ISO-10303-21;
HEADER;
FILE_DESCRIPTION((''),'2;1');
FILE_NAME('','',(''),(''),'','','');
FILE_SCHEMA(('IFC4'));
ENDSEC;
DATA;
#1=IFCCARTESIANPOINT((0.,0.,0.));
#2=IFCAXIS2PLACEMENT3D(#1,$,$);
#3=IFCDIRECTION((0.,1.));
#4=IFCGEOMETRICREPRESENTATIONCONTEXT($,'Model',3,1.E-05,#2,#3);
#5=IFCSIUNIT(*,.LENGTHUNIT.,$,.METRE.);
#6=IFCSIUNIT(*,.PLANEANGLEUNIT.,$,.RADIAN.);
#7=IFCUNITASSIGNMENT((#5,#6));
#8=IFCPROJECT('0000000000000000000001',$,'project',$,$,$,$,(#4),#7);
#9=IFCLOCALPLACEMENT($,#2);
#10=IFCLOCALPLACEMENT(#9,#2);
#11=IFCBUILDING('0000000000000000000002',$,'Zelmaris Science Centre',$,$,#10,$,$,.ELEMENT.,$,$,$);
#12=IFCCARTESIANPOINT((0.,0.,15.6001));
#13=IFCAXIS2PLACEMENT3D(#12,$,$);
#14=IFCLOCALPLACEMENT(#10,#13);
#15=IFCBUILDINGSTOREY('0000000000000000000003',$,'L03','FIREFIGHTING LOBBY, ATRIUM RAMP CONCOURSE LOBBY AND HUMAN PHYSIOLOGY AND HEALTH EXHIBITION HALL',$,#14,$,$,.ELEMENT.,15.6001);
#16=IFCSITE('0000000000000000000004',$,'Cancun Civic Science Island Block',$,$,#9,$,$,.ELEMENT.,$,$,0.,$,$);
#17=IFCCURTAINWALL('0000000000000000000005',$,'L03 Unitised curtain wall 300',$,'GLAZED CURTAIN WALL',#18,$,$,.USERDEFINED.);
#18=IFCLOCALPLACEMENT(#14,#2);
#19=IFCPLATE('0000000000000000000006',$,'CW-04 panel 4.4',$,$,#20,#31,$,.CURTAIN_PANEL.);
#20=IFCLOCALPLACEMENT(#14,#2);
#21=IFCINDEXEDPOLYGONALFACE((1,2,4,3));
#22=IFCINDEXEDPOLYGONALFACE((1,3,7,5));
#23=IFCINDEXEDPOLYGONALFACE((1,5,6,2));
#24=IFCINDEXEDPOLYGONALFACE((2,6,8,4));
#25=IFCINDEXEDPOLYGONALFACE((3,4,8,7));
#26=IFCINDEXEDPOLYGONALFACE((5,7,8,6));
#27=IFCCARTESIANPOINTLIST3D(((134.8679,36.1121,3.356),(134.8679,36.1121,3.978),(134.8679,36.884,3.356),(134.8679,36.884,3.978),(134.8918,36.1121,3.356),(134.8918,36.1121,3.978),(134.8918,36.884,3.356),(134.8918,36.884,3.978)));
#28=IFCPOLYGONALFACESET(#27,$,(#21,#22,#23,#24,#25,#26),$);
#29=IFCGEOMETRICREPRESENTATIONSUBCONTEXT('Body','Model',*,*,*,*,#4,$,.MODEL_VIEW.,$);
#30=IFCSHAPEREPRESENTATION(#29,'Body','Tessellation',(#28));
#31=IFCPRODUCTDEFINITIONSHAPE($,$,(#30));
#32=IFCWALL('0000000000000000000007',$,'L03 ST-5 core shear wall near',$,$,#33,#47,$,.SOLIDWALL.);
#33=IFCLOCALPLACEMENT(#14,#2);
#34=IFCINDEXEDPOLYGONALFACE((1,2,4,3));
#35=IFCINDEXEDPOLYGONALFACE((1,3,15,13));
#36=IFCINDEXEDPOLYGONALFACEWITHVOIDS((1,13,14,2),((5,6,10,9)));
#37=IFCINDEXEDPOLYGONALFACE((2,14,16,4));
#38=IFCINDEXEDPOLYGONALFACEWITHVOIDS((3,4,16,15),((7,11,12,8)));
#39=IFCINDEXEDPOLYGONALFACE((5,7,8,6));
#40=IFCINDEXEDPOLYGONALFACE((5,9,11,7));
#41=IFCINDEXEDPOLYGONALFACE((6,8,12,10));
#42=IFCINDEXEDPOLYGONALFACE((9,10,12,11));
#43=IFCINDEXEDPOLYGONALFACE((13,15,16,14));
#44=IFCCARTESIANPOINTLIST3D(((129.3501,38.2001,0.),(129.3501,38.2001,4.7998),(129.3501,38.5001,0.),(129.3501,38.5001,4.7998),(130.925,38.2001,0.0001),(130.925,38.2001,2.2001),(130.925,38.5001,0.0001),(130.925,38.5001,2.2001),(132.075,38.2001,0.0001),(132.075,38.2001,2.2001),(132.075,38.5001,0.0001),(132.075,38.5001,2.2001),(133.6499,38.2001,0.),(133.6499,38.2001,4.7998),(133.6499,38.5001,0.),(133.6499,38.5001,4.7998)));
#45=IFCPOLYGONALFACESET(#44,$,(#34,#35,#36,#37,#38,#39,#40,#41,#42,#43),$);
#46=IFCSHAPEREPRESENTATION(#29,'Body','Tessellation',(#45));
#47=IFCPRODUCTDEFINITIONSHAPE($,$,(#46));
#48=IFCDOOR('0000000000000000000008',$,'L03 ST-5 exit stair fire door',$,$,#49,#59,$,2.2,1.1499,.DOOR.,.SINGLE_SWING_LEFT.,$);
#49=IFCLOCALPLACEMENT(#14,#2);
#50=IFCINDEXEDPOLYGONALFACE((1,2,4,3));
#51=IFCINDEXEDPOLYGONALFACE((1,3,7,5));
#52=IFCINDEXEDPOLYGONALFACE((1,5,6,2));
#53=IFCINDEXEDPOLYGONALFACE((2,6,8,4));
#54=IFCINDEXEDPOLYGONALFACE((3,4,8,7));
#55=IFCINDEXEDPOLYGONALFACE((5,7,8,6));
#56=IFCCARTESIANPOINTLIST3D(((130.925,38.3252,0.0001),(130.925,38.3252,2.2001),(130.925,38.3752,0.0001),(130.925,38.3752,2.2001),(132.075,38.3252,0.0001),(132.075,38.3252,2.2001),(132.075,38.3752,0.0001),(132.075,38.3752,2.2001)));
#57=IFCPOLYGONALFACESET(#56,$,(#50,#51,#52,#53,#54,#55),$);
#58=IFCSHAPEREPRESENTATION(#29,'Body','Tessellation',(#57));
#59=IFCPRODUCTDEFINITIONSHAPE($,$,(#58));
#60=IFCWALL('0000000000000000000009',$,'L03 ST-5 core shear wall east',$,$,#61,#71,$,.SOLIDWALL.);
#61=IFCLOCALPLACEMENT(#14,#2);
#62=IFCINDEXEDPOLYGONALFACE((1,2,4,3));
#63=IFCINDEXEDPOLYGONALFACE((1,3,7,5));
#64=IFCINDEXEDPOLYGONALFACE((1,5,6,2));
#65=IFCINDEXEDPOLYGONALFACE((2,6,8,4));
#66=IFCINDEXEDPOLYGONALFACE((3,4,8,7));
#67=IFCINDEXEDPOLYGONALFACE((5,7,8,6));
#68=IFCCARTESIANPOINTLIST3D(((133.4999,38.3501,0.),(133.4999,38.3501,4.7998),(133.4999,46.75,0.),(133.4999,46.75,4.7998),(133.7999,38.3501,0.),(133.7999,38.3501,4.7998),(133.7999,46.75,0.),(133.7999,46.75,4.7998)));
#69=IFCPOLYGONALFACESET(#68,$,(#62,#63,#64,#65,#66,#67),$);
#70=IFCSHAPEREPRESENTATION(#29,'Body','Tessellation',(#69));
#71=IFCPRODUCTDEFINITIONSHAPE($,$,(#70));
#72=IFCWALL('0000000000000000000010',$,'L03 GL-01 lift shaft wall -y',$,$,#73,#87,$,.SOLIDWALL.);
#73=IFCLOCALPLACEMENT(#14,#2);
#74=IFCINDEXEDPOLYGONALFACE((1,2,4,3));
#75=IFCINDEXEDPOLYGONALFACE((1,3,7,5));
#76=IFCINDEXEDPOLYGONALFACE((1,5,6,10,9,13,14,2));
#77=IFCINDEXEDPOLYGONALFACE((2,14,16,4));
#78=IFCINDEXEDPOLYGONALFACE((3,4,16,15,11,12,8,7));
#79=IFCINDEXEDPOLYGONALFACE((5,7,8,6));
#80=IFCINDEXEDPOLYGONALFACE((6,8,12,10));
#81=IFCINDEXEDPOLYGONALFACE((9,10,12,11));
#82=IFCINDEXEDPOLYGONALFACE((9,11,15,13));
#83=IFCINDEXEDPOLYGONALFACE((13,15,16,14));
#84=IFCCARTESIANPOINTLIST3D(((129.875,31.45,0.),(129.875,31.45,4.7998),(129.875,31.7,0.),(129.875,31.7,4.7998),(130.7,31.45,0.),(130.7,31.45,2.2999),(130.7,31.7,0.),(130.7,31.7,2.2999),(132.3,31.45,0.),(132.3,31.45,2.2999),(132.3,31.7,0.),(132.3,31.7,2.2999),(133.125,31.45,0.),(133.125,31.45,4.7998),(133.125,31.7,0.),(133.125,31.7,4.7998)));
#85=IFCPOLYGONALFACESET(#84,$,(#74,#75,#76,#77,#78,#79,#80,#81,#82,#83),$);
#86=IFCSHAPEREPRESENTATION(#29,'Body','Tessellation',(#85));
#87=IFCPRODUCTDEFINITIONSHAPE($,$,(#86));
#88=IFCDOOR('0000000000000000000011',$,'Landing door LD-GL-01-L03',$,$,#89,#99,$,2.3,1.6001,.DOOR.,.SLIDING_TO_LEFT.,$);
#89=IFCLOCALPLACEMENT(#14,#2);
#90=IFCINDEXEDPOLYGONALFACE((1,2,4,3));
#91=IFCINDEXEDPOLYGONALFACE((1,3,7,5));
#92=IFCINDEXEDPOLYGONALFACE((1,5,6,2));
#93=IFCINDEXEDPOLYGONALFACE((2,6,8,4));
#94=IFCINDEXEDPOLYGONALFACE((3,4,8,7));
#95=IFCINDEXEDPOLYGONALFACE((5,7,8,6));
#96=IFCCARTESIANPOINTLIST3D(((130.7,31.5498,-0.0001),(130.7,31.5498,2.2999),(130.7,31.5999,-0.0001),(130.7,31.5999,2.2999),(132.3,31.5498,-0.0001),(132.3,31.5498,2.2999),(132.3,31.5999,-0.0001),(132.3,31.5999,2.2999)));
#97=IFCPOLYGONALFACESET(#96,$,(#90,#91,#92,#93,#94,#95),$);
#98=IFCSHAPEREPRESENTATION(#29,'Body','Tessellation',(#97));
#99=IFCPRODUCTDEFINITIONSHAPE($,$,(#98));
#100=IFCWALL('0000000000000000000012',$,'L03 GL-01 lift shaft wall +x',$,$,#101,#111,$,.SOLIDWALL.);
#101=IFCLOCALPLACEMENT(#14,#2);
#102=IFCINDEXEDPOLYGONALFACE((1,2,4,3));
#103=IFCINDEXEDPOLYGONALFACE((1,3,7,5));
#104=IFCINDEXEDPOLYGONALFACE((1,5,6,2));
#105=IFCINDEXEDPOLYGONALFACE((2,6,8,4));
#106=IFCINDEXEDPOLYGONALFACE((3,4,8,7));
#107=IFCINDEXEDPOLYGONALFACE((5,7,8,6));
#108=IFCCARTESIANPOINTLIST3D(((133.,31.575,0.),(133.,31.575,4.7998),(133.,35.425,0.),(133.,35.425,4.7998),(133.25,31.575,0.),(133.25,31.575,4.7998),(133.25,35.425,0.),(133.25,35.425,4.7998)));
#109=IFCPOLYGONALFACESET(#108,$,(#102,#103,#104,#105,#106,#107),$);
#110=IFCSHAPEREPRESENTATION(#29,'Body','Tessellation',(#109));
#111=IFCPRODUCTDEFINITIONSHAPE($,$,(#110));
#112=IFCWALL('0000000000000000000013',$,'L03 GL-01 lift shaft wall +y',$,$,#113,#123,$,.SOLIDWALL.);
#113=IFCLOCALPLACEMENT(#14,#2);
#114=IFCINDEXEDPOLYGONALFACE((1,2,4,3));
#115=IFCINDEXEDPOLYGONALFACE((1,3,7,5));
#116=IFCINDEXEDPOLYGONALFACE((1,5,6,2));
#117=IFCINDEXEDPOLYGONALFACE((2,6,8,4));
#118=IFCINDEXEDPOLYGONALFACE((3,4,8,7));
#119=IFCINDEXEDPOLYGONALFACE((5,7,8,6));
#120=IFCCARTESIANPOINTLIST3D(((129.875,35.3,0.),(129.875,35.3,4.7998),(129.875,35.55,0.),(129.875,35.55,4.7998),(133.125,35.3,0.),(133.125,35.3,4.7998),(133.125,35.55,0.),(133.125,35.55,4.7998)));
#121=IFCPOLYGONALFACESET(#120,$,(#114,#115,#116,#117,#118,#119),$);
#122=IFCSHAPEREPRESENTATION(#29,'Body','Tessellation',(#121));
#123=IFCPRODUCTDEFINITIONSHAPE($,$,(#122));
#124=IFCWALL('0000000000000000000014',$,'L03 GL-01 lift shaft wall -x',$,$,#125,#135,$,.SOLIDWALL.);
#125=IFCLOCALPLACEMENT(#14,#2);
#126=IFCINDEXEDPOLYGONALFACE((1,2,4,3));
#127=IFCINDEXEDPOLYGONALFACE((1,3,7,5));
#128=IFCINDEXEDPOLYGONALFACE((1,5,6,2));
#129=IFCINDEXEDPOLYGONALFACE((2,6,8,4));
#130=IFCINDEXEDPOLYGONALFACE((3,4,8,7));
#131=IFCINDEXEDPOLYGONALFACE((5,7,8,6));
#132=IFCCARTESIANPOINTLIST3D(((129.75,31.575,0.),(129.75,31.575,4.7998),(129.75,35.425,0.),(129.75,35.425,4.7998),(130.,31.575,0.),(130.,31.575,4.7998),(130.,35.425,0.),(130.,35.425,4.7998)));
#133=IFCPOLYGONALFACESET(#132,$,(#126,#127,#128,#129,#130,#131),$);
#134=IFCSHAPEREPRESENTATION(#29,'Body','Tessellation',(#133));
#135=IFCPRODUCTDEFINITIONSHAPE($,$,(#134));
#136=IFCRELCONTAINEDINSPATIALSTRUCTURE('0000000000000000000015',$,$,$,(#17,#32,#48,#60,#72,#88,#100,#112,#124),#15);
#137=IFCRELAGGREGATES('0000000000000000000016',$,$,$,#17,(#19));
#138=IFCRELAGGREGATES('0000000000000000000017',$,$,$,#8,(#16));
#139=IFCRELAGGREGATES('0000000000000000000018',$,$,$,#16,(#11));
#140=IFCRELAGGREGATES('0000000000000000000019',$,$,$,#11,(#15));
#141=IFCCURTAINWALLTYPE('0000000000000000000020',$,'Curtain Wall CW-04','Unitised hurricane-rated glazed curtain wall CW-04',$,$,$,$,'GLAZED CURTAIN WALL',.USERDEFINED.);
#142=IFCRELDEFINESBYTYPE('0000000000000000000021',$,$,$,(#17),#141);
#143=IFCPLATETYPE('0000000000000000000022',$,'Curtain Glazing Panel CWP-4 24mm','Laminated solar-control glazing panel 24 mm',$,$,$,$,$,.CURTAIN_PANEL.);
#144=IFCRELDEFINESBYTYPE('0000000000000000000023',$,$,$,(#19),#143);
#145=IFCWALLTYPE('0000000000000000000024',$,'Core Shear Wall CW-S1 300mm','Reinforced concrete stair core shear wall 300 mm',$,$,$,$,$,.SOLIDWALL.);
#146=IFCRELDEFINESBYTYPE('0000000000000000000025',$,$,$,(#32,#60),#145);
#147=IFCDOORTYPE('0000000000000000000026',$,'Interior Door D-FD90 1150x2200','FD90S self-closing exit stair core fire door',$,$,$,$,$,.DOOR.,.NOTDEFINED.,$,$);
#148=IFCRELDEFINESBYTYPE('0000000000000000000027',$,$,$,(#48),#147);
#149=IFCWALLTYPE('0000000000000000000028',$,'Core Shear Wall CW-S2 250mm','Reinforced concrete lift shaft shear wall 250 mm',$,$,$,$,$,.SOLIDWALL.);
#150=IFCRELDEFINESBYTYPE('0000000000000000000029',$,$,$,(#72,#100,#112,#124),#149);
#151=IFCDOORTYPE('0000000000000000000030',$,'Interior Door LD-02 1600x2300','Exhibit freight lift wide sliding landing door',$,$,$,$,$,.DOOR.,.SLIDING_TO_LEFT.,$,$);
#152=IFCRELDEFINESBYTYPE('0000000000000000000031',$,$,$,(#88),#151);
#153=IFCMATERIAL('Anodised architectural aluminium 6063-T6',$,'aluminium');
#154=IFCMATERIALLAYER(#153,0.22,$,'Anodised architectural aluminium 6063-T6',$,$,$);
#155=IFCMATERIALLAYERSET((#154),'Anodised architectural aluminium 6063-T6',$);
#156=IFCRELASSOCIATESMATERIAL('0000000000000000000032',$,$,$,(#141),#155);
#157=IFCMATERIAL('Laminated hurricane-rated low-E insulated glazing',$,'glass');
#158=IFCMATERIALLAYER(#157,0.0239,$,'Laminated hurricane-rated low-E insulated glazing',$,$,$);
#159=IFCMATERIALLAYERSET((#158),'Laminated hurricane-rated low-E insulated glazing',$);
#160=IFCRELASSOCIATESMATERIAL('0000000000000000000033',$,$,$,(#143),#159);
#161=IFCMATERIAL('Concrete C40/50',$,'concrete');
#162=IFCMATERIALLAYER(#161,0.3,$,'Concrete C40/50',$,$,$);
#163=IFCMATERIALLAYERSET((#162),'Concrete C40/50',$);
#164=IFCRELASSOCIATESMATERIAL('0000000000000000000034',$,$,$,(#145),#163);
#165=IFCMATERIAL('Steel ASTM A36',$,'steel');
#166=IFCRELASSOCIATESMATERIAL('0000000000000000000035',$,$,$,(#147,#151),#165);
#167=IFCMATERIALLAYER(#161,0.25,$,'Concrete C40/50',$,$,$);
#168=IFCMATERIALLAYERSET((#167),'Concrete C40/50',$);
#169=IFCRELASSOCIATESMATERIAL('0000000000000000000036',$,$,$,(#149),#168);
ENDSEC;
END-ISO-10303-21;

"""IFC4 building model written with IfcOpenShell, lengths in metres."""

from ifc_helpers import new_model, si_unit, direction, frame, frame_2d, origin, origin_2d, place, context, subcontext, project, spatial, rectangle, extrude, material, layer, layer_set, type_object, element, fill, aggregate, save


model = new_model("IFC4")

# Units and contexts
model_context = context("Model", 3, precision=1e-05, world=origin(), true_north=direction((0.0, 1.0)))
body_context = subcontext(model_context, "Body", "Model", "MODEL_VIEW")
ifc_project = project(units=[si_unit("LENGTHUNIT", "METRE"), si_unit("PLANEANGLEUNIT", "RADIAN")], contexts=[model_context])

# Site, building, storey
site_placement = place(None, origin())
site = spatial("IfcSite", under=ifc_project, at=site_placement, Name="Cancun Civic Science Island Block", CompositionType="ELEMENT", RefElevation=0.0)
building_placement = place(site_placement, origin())
building = spatial("IfcBuilding", under=site, at=building_placement, Name="Zelmaris Science Centre", CompositionType="ELEMENT")
storey_placement = place(building_placement, frame((0.0, 0.0, 15.6001)))
storey = spatial("IfcBuildingStorey", under=building, at=storey_placement, Name="L03", Description="FIREFIGHTING LOBBY, ATRIUM RAMP CONCOURSE LOBBY AND HUMAN PHYSIOLOGY AND HEALTH EXHIBITION HALL", CompositionType="ELEMENT", Elevation=15.6001)

# Curtain wall, plate
ifc_material_1 = material(Name="Anodised architectural aluminium 6063-T6", Category="aluminium")
ifc_layer_1 = layer(ifc_material_1, 0.22, Name="Anodised architectural aluminium 6063-T6")
ifc_layer_set_1 = layer_set([ifc_layer_1], Name="Anodised architectural aluminium 6063-T6")
curtain_wall_type = type_object("IfcCurtainWallType", Name="Curtain Wall CW-04", Description="Unitised hurricane-rated glazed curtain wall CW-04", ElementType="GLAZED CURTAIN WALL", PredefinedType="USERDEFINED", material=ifc_layer_set_1)
curtain_wall_placement = place(storey_placement, origin())
curtain_wall = element("IfcCurtainWall", 1, at=curtain_wall_placement, inside=storey, type_object=curtain_wall_type, Name="L03 Unitised curtain wall 300", ObjectType="GLAZED CURTAIN WALL", PredefinedType="USERDEFINED")
ifc_material_2 = material(Name="Laminated hurricane-rated low-E insulated glazing", Category="glass")
ifc_layer_2 = layer(ifc_material_2, 0.0239, Name="Laminated hurricane-rated low-E insulated glazing")
ifc_layer_set_2 = layer_set([ifc_layer_2], Name="Laminated hurricane-rated low-E insulated glazing")
plate_type = type_object("IfcPlateType", Name="Curtain Glazing Panel CWP-4 24mm", Description="Laminated solar-control glazing panel 24 mm", PredefinedType="CURTAIN_PANEL", material=ifc_layer_set_2)
plate_1_placement = place(storey_placement, frame((134.8799, 36.498, 3.356), z_axis=(0.0, 0.0, 1.0), x_axis=(0.0, -1.0, 0.0)))
plate_1 = element("IfcPlate", 2, at=plate_1_placement, type_object=plate_type, Name="CW-04 panel 4.4", PredefinedType="CURTAIN_PANEL", context=body_context, shape_type="SweptSolid", body=[
    extrude(rectangle(XDim=0.772, YDim=0.0239, at=origin_2d()), origin(), (0.0, 0.0, 1.0), 0.6221),
])
aggregate(curtain_wall, [plate_1])

# Wall, opening, door
ifc_material_3 = material(Name="Concrete C40/50", Category="concrete")
ifc_layer_3 = layer(ifc_material_3, 0.3, Name="Concrete C40/50")
ifc_layer_set_3 = layer_set([ifc_layer_3], Name="Concrete C40/50")
wall_type_1 = type_object("IfcWallType", Name="Core Shear Wall CW-S1 300mm", Description="Reinforced concrete stair core shear wall 300 mm", PredefinedType="SOLIDWALL", material=ifc_layer_set_3)
wall_1_placement = place(storey_placement, frame((133.6499, 38.3501, 0.0), z_axis=(0.0, 0.0, 1.0), x_axis=(-1.0, 0.0, 0.0)))
wall_1 = element("IfcWall", 3, at=wall_1_placement, inside=storey, type_object=wall_type_1, Name="L03 ST-5 core shear wall near", PredefinedType="SOLIDWALL", context=body_context, shape_type="SweptSolid", body=[
    extrude(rectangle(XDim=4.2998, YDim=0.3, at=frame_2d((2.1499, 0.0))), origin(), (0.0, 0.0, 1.0), 4.7998),
])
opening_1_placement = place(wall_1_placement, frame((1.575, 0.0, 0.0)))
opening_1 = element("IfcOpeningElement", 4, at=opening_1_placement, cuts=wall_1, PredefinedType="OPENING", context=body_context, shape_type="SweptSolid", body=[
    extrude(rectangle(XDim=1.1499, YDim=2.2, at=frame_2d((0.575, 1.1001))), frame((0.0, 0.1599, 0.0), z_axis=(0.0, -1.0, 0.0), x_axis=(1.0, 0.0, 0.0)), (0.0, 0.0, 1.0), 0.3201),
])
ifc_material_4 = material(Name="Steel ASTM A36", Category="steel")
door_type_1 = type_object("IfcDoorType", Name="Interior Door D-FD90 1150x2200", Description="FD90S self-closing exit stair core fire door", OperationType="NOTDEFINED", PredefinedType="DOOR", material=ifc_material_4)
door_1_placement = place(opening_1_placement, origin())
door_1 = element("IfcDoor", 5, at=door_1_placement, inside=storey, type_object=door_type_1, Name="L03 ST-5 exit stair fire door", OperationType="SINGLE_SWING_LEFT", OverallHeight=2.2, OverallWidth=1.1499, PredefinedType="DOOR", context=body_context, shape_type="SweptSolid", body=[
    extrude(rectangle(XDim=1.1499, YDim=2.2, at=frame_2d((0.575, 1.1001))), frame((0.0, 0.0249, 0.0), z_axis=(0.0, -1.0, 0.0), x_axis=(1.0, 0.0, 0.0)), (0.0, 0.0, 1.0), 0.05),
])
fill(opening_1, door_1)

# Wall
wall_2_placement = place(storey_placement, frame((133.6499, 38.3501, 0.0), z_axis=(0.0, 0.0, 1.0), x_axis=(0.0, 1.0, 0.0)))
element("IfcWall", 6, at=wall_2_placement, inside=storey, type_object=wall_type_1, Name="L03 ST-5 core shear wall east", PredefinedType="SOLIDWALL", context=body_context, shape_type="SweptSolid", body=[
    extrude(rectangle(XDim=8.3999, YDim=0.3, at=frame_2d((4.2, 0.0))), origin(), (0.0, 0.0, 1.0), 4.7998),
])

# Wall, opening, door
ifc_layer_4 = layer(ifc_material_3, 0.25, Name="Concrete C40/50")
ifc_layer_set_4 = layer_set([ifc_layer_4], Name="Concrete C40/50")
wall_type_2 = type_object("IfcWallType", Name="Core Shear Wall CW-S2 250mm", Description="Reinforced concrete lift shaft shear wall 250 mm", PredefinedType="SOLIDWALL", material=ifc_layer_set_4)
wall_3_placement = place(storey_placement, frame((129.875, 31.575, 0.0), z_axis=(0.0, 0.0, 1.0), x_axis=(1.0, 0.0, 0.0)))
wall_3 = element("IfcWall", 7, at=wall_3_placement, inside=storey, type_object=wall_type_2, Name="L03 GL-01 lift shaft wall -y", PredefinedType="SOLIDWALL", context=body_context, shape_type="SweptSolid", body=[
    extrude(rectangle(XDim=3.25, YDim=0.25, at=frame_2d((1.625, 0.0))), origin(), (0.0, 0.0, 1.0), 4.7998),
])
opening_2_placement = place(wall_3_placement, frame((0.825, 0.0, 0.0)))
opening_2 = element("IfcOpeningElement", 8, at=opening_2_placement, cuts=wall_3, PredefinedType="OPENING", context=body_context, shape_type="SweptSolid", body=[
    extrude(rectangle(XDim=1.6001, YDim=2.3, at=frame_2d((0.8, 1.1499))), frame((0.0, 0.135, 0.0), z_axis=(0.0, -1.0, 0.0), x_axis=(1.0, 0.0, 0.0)), (0.0, 0.0, 1.0), 0.27),
])
door_type_2 = type_object("IfcDoorType", Name="Interior Door LD-02 1600x2300", Description="Exhibit freight lift wide sliding landing door", OperationType="SLIDING_TO_LEFT", PredefinedType="DOOR", material=ifc_material_4)
door_2_placement = place(opening_2_placement, origin())
door_2 = element("IfcDoor", 9, at=door_2_placement, inside=storey, type_object=door_type_2, Name="Landing door LD-GL-01-L03", OperationType="SLIDING_TO_LEFT", OverallHeight=2.3, OverallWidth=1.6001, PredefinedType="DOOR", context=body_context, shape_type="SweptSolid", body=[
    extrude(rectangle(XDim=1.6001, YDim=2.3, at=frame_2d((0.8, 1.1499))), frame((0.0, 0.0249, 0.0), z_axis=(0.0, -1.0, 0.0), x_axis=(1.0, 0.0, 0.0)), (0.0, 0.0, 1.0), 0.05),
])
fill(opening_2, door_2)

# Walls
wall_4_placement = place(storey_placement, frame((133.125, 31.575, 0.0), z_axis=(0.0, 0.0, 1.0), x_axis=(0.0, 1.0, 0.0)))
element("IfcWall", 10, at=wall_4_placement, inside=storey, type_object=wall_type_2, Name="L03 GL-01 lift shaft wall +x", PredefinedType="SOLIDWALL", context=body_context, shape_type="SweptSolid", body=[
    extrude(rectangle(XDim=3.8501, YDim=0.25, at=frame_2d((1.925, 0.0))), origin(), (0.0, 0.0, 1.0), 4.7998),
])
wall_5_placement = place(storey_placement, frame((133.125, 35.425, 0.0), z_axis=(0.0, 0.0, 1.0), x_axis=(-1.0, 0.0, 0.0)))
element("IfcWall", 11, at=wall_5_placement, inside=storey, type_object=wall_type_2, Name="L03 GL-01 lift shaft wall +y", PredefinedType="SOLIDWALL", context=body_context, shape_type="SweptSolid", body=[
    extrude(rectangle(XDim=3.25, YDim=0.25, at=frame_2d((1.625, 0.0))), origin(), (0.0, 0.0, 1.0), 4.7998),
])
wall_6_placement = place(storey_placement, frame((129.875, 35.425, 0.0), z_axis=(0.0, 0.0, 1.0), x_axis=(0.0, -1.0, 0.0)))
element("IfcWall", 12, at=wall_6_placement, inside=storey, type_object=wall_type_2, Name="L03 GL-01 lift shaft wall -x", PredefinedType="SOLIDWALL", context=body_context, shape_type="SweptSolid", body=[
    extrude(rectangle(XDim=3.8501, YDim=0.25, at=frame_2d((1.925, 0.0))), origin(), (0.0, 0.0, 1.0), 4.7998),
])

save(model, "model.ifc")
